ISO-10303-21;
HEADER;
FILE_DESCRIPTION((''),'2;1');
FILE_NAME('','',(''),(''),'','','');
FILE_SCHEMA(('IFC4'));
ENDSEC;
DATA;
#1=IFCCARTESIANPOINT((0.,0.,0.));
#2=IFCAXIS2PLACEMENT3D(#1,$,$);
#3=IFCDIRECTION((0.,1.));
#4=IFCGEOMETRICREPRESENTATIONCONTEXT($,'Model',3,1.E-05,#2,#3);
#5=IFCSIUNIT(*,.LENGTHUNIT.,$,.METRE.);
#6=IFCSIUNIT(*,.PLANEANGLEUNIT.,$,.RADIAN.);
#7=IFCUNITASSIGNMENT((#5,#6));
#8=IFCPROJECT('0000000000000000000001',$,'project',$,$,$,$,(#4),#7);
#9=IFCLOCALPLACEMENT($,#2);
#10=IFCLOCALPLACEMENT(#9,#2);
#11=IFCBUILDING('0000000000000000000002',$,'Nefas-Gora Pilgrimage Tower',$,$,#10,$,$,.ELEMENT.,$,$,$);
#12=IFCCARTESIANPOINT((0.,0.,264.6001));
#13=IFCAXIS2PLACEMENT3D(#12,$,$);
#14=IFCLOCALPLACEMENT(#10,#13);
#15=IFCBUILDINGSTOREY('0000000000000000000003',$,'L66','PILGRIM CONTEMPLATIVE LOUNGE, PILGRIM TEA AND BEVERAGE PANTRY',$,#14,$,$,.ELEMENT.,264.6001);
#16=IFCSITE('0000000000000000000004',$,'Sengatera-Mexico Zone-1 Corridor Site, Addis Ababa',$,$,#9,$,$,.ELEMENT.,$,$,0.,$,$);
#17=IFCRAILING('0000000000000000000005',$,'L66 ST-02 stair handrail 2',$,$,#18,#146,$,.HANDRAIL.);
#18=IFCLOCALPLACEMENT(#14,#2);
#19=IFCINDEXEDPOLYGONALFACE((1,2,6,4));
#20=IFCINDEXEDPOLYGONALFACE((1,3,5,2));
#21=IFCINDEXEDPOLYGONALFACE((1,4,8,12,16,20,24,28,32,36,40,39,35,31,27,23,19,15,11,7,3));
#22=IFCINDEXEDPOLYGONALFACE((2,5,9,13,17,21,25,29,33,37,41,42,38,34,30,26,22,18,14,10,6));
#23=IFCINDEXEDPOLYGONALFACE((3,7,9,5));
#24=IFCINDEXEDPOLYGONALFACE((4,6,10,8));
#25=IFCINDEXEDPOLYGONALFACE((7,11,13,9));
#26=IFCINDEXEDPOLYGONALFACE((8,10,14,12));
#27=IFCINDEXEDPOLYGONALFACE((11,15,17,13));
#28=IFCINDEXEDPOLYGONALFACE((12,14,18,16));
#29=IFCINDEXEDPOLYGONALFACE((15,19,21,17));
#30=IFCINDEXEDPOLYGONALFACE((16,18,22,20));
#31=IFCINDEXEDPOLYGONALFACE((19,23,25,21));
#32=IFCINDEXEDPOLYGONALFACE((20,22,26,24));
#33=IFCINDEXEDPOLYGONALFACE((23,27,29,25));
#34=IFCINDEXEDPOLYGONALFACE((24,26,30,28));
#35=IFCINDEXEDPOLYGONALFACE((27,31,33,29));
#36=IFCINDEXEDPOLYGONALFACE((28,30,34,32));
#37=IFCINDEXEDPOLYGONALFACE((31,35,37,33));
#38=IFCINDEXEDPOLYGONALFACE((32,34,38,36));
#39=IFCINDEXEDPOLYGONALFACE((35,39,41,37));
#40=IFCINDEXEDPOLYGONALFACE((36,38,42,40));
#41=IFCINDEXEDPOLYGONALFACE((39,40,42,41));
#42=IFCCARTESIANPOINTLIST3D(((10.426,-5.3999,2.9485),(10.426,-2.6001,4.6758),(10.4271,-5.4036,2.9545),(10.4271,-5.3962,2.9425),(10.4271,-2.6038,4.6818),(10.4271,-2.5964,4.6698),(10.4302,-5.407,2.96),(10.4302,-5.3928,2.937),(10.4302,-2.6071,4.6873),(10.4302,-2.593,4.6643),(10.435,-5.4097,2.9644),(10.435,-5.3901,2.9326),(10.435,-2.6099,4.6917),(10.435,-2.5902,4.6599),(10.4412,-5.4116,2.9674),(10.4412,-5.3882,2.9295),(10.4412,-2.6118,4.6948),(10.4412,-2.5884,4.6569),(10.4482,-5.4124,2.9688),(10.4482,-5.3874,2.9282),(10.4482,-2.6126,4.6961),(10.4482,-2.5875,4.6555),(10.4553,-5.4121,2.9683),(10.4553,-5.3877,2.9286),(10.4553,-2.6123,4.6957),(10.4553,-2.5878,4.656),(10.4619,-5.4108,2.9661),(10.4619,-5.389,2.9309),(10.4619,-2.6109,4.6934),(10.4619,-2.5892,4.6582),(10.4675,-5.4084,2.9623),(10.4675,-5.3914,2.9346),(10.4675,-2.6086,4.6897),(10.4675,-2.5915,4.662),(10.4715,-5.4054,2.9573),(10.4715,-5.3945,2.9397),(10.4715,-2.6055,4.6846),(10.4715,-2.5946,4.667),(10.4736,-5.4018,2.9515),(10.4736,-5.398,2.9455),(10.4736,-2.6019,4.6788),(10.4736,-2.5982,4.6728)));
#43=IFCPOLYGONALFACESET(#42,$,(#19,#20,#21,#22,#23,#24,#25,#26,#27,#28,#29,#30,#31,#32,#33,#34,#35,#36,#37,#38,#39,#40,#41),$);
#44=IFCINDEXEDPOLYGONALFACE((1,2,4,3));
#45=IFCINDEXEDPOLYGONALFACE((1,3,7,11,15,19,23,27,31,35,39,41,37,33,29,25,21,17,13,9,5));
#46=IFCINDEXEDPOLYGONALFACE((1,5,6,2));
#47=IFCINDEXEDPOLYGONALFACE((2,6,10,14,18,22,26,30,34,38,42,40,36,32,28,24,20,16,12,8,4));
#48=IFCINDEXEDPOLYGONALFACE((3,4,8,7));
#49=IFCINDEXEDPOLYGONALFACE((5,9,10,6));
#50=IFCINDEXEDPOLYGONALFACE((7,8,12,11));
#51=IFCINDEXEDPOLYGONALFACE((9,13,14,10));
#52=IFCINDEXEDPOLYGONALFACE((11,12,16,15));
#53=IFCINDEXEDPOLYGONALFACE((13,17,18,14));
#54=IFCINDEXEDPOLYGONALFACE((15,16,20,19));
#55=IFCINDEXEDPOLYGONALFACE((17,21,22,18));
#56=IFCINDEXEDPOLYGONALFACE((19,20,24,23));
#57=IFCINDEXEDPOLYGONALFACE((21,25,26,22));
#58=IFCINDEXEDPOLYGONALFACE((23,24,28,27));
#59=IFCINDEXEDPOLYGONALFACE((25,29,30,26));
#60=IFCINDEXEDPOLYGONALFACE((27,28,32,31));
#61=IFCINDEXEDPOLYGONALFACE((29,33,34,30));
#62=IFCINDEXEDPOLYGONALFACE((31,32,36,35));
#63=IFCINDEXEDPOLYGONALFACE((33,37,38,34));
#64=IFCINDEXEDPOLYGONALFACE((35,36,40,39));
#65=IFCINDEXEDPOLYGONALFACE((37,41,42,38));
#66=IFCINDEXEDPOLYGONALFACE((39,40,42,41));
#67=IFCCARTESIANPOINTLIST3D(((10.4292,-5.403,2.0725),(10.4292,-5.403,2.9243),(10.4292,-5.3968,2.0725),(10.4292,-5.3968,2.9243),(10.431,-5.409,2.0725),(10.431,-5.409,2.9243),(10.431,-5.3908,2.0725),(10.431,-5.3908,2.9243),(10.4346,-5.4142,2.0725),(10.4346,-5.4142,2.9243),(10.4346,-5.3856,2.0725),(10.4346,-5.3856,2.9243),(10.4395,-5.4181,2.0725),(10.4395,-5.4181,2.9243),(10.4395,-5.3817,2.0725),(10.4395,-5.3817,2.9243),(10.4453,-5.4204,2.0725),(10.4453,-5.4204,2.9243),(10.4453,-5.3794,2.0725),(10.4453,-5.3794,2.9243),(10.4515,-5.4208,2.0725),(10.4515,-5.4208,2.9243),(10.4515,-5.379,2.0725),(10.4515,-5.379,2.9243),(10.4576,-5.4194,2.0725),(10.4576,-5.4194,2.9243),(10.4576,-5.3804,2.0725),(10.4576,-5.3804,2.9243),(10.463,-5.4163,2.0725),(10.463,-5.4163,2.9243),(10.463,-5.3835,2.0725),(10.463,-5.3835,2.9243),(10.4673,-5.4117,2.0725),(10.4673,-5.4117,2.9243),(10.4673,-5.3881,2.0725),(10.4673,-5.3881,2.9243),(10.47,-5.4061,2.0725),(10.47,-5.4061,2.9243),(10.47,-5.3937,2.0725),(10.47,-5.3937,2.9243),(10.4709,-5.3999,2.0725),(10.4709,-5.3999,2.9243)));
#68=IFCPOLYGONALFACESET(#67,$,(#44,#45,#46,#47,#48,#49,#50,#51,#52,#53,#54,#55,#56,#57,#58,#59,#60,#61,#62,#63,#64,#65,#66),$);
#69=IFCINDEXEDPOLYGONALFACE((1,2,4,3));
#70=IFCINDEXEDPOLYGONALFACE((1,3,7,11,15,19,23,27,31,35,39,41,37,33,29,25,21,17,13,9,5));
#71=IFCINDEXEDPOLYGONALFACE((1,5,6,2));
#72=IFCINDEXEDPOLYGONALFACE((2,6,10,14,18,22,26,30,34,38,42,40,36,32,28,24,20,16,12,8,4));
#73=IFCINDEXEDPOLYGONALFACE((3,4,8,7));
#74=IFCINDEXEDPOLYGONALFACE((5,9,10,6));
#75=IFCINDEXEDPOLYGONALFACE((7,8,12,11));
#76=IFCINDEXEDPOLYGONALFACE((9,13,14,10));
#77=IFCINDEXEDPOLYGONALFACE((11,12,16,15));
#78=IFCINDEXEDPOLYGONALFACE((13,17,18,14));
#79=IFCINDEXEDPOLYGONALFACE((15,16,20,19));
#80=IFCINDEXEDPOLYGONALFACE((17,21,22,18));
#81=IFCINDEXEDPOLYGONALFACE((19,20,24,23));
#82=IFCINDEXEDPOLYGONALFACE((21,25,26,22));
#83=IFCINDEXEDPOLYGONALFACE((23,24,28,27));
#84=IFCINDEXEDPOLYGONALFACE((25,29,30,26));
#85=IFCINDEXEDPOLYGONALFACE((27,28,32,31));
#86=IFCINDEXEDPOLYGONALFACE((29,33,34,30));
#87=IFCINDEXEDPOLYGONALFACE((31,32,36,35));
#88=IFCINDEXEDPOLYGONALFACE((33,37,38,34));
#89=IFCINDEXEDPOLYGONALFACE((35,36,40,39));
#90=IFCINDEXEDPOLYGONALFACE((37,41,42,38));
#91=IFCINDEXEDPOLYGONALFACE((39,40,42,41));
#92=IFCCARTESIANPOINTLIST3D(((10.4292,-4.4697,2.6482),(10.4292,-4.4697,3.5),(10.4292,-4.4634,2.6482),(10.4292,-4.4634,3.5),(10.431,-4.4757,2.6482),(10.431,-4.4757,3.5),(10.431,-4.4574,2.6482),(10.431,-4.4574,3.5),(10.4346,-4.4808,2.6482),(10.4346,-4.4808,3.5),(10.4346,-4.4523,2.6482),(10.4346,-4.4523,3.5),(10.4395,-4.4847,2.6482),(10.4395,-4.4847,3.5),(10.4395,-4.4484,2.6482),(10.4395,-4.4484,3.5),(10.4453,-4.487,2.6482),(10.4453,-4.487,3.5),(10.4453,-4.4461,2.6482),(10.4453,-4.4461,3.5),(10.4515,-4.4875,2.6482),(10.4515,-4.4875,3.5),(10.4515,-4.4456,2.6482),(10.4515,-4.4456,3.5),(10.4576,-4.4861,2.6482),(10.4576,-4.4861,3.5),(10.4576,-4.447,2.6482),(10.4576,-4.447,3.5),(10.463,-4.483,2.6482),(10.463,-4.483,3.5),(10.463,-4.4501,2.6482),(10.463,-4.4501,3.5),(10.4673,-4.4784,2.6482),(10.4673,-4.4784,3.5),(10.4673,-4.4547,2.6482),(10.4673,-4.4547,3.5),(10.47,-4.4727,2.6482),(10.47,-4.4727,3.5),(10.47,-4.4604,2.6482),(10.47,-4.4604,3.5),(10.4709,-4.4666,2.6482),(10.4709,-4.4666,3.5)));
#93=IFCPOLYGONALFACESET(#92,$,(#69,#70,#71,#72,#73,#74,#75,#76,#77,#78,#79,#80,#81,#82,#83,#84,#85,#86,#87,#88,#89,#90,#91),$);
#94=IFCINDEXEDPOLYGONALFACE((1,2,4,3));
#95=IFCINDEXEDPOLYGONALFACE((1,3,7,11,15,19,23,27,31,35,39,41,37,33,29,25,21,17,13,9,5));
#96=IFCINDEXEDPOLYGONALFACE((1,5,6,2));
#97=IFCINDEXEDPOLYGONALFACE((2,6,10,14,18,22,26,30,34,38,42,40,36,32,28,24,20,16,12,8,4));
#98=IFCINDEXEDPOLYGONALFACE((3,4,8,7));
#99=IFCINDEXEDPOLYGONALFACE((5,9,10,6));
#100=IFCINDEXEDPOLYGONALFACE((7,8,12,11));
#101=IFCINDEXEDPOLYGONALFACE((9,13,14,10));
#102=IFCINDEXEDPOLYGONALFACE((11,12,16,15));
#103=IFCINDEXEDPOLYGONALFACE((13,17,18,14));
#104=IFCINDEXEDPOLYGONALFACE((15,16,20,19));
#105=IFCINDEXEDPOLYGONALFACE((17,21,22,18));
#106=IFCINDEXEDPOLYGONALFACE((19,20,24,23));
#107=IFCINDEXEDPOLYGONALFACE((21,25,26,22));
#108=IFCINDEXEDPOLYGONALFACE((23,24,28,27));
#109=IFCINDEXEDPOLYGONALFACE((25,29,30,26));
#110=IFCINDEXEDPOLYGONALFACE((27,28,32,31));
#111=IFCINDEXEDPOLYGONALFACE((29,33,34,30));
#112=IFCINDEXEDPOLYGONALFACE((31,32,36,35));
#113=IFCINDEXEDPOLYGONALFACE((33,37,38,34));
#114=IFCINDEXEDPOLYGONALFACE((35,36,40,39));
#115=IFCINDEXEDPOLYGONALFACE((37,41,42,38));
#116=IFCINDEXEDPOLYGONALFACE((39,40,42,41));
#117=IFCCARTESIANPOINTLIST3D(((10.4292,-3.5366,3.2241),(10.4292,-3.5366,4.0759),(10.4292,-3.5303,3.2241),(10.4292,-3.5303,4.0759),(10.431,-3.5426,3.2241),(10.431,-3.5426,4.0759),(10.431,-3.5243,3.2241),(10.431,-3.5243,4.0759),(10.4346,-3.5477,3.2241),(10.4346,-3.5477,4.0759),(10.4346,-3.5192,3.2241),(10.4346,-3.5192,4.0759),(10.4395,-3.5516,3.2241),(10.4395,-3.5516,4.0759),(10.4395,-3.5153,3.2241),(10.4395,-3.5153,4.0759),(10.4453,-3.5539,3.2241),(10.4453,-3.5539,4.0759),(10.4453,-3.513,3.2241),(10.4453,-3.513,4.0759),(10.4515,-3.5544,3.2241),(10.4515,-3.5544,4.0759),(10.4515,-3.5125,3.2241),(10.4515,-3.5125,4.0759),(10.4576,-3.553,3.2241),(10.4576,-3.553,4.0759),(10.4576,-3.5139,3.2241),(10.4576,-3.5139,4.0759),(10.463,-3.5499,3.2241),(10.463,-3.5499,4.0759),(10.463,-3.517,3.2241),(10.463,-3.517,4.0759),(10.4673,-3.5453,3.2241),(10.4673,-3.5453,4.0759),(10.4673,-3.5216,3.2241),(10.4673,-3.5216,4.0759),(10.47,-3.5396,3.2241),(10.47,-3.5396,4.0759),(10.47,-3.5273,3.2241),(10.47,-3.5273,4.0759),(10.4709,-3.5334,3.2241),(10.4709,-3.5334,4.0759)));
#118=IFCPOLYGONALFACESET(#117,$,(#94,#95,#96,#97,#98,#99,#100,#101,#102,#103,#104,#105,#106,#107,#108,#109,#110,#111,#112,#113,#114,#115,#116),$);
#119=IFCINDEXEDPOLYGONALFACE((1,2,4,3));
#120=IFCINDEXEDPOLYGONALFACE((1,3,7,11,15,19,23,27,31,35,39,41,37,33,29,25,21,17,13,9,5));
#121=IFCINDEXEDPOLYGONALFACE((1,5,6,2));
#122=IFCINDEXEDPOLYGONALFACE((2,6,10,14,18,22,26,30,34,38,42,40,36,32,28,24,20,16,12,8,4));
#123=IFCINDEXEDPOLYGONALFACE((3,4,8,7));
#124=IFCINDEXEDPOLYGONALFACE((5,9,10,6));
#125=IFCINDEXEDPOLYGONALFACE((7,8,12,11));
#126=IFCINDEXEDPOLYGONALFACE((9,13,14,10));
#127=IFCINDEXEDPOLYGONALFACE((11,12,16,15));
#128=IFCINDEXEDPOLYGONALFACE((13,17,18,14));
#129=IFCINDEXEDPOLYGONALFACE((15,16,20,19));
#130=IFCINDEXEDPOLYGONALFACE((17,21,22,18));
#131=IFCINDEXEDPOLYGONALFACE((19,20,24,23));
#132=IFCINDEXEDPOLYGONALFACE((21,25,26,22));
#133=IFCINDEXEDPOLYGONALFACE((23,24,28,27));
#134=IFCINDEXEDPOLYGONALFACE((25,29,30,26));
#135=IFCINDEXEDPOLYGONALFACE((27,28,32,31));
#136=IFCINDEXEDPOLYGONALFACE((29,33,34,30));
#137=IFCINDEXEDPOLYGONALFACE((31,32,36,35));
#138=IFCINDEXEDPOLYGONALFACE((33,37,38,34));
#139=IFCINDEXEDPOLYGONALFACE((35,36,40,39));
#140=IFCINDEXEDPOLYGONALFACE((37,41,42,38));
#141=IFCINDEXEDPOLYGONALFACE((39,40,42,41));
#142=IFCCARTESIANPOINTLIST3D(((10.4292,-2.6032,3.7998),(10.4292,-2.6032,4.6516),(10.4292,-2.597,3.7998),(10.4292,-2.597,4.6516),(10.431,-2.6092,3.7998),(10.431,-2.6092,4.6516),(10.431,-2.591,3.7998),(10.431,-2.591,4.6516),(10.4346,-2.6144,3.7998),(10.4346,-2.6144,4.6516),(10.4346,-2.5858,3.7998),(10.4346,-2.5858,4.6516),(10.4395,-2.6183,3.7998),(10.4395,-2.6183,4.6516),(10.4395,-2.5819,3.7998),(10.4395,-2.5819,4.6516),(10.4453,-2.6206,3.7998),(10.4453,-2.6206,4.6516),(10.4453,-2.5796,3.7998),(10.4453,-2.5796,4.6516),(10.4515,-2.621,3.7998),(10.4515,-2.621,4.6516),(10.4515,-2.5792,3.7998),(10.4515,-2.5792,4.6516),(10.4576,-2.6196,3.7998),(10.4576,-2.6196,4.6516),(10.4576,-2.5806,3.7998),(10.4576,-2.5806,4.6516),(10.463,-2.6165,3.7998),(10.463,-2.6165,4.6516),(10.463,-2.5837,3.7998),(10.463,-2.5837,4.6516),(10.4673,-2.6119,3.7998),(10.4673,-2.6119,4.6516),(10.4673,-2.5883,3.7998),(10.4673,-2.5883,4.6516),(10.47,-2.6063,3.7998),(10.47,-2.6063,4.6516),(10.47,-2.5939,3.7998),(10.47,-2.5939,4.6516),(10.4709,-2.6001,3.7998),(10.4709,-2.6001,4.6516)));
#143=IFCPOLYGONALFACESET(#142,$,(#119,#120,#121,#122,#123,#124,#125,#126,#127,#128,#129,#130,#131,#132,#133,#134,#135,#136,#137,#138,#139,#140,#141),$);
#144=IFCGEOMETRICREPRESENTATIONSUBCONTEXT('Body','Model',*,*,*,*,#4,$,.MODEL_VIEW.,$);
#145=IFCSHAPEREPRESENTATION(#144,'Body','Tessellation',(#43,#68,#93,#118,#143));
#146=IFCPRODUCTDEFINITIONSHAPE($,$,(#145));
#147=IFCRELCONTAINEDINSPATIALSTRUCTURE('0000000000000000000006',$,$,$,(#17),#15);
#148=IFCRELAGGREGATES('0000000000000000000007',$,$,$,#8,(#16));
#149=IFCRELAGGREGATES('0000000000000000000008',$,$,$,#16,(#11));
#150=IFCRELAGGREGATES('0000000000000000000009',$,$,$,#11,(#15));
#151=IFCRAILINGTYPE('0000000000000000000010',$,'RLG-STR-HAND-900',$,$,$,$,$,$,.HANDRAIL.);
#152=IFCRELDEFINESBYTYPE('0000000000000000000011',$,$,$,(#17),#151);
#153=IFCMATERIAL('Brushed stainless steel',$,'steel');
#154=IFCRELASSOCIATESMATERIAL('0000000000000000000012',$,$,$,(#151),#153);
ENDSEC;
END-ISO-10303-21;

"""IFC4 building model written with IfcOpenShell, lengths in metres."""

from ifc_helpers import new_model, si_unit, direction, frame, origin, origin_2d, place, context, subcontext, project, spatial, circle, extrude, material, type_object, element, save


model = new_model("IFC4")

# Units and contexts
model_context = context("Model", 3, precision=1e-05, world=origin(), true_north=direction((0.0, 1.0)))
body_context = subcontext(model_context, "Body", "Model", "MODEL_VIEW")
ifc_project = project(units=[si_unit("LENGTHUNIT", "METRE"), si_unit("PLANEANGLEUNIT", "RADIAN")], contexts=[model_context])

# Site, building, storey
site_placement = place(None, origin())
site = spatial("IfcSite", under=ifc_project, at=site_placement, Name="Sengatera-Mexico Zone-1 Corridor Site, Addis Ababa", CompositionType="ELEMENT", RefElevation=0.0)
building_placement = place(site_placement, origin())
building = spatial("IfcBuilding", under=site, at=building_placement, Name="Nefas-Gora Pilgrimage Tower", CompositionType="ELEMENT")
storey_placement = place(building_placement, frame((0.0, 0.0, 264.6001)))
storey = spatial("IfcBuildingStorey", under=building, at=storey_placement, Name="L66", Description="PILGRIM CONTEMPLATIVE LOUNGE, PILGRIM TEA AND BEVERAGE PANTRY", CompositionType="ELEMENT", Elevation=264.6001)

# Railing
ifc_material_1 = material(Name="Brushed stainless steel", Category="steel")
railing_type = type_object("IfcRailingType", Name="RLG-STR-HAND-900", PredefinedType="HANDRAIL", material=ifc_material_1)
railing_placement = place(storey_placement, frame((10.45, -5.3999, 2.0725)))
element("IfcRailing", 1, at=railing_placement, inside=storey, type_object=railing_type, Name="L66 ST-02 stair handrail 2", PredefinedType="HANDRAIL", context=body_context, shape_type="SweptSolid", body=[
    extrude(circle(Radius=0.0239, at=origin_2d()), frame((0.0, 0.0, 0.876), z_axis=(0.0, 0.851069, 0.525054), x_axis=(-1.0, 0.0, 0.0)), (0.0, 0.0, 1.0), 3.2898),
    extrude(circle(Radius=0.021, at=origin_2d()), origin(), (0.0, 0.0, 1.0), 0.8518),
    extrude(circle(Radius=0.021, at=origin_2d()), frame((0.0, 0.9333, 0.5757)), (0.0, 0.0, 1.0), 0.8518),
    extrude(circle(Radius=0.021, at=origin_2d()), frame((0.0, 1.8665, 1.1516)), (0.0, 0.0, 1.0), 0.8518),
    extrude(circle(Radius=0.021, at=origin_2d()), frame((0.0, 2.7998, 1.7273)), (0.0, 0.0, 1.0), 0.8518),
])

save(model, "model.ifc")
